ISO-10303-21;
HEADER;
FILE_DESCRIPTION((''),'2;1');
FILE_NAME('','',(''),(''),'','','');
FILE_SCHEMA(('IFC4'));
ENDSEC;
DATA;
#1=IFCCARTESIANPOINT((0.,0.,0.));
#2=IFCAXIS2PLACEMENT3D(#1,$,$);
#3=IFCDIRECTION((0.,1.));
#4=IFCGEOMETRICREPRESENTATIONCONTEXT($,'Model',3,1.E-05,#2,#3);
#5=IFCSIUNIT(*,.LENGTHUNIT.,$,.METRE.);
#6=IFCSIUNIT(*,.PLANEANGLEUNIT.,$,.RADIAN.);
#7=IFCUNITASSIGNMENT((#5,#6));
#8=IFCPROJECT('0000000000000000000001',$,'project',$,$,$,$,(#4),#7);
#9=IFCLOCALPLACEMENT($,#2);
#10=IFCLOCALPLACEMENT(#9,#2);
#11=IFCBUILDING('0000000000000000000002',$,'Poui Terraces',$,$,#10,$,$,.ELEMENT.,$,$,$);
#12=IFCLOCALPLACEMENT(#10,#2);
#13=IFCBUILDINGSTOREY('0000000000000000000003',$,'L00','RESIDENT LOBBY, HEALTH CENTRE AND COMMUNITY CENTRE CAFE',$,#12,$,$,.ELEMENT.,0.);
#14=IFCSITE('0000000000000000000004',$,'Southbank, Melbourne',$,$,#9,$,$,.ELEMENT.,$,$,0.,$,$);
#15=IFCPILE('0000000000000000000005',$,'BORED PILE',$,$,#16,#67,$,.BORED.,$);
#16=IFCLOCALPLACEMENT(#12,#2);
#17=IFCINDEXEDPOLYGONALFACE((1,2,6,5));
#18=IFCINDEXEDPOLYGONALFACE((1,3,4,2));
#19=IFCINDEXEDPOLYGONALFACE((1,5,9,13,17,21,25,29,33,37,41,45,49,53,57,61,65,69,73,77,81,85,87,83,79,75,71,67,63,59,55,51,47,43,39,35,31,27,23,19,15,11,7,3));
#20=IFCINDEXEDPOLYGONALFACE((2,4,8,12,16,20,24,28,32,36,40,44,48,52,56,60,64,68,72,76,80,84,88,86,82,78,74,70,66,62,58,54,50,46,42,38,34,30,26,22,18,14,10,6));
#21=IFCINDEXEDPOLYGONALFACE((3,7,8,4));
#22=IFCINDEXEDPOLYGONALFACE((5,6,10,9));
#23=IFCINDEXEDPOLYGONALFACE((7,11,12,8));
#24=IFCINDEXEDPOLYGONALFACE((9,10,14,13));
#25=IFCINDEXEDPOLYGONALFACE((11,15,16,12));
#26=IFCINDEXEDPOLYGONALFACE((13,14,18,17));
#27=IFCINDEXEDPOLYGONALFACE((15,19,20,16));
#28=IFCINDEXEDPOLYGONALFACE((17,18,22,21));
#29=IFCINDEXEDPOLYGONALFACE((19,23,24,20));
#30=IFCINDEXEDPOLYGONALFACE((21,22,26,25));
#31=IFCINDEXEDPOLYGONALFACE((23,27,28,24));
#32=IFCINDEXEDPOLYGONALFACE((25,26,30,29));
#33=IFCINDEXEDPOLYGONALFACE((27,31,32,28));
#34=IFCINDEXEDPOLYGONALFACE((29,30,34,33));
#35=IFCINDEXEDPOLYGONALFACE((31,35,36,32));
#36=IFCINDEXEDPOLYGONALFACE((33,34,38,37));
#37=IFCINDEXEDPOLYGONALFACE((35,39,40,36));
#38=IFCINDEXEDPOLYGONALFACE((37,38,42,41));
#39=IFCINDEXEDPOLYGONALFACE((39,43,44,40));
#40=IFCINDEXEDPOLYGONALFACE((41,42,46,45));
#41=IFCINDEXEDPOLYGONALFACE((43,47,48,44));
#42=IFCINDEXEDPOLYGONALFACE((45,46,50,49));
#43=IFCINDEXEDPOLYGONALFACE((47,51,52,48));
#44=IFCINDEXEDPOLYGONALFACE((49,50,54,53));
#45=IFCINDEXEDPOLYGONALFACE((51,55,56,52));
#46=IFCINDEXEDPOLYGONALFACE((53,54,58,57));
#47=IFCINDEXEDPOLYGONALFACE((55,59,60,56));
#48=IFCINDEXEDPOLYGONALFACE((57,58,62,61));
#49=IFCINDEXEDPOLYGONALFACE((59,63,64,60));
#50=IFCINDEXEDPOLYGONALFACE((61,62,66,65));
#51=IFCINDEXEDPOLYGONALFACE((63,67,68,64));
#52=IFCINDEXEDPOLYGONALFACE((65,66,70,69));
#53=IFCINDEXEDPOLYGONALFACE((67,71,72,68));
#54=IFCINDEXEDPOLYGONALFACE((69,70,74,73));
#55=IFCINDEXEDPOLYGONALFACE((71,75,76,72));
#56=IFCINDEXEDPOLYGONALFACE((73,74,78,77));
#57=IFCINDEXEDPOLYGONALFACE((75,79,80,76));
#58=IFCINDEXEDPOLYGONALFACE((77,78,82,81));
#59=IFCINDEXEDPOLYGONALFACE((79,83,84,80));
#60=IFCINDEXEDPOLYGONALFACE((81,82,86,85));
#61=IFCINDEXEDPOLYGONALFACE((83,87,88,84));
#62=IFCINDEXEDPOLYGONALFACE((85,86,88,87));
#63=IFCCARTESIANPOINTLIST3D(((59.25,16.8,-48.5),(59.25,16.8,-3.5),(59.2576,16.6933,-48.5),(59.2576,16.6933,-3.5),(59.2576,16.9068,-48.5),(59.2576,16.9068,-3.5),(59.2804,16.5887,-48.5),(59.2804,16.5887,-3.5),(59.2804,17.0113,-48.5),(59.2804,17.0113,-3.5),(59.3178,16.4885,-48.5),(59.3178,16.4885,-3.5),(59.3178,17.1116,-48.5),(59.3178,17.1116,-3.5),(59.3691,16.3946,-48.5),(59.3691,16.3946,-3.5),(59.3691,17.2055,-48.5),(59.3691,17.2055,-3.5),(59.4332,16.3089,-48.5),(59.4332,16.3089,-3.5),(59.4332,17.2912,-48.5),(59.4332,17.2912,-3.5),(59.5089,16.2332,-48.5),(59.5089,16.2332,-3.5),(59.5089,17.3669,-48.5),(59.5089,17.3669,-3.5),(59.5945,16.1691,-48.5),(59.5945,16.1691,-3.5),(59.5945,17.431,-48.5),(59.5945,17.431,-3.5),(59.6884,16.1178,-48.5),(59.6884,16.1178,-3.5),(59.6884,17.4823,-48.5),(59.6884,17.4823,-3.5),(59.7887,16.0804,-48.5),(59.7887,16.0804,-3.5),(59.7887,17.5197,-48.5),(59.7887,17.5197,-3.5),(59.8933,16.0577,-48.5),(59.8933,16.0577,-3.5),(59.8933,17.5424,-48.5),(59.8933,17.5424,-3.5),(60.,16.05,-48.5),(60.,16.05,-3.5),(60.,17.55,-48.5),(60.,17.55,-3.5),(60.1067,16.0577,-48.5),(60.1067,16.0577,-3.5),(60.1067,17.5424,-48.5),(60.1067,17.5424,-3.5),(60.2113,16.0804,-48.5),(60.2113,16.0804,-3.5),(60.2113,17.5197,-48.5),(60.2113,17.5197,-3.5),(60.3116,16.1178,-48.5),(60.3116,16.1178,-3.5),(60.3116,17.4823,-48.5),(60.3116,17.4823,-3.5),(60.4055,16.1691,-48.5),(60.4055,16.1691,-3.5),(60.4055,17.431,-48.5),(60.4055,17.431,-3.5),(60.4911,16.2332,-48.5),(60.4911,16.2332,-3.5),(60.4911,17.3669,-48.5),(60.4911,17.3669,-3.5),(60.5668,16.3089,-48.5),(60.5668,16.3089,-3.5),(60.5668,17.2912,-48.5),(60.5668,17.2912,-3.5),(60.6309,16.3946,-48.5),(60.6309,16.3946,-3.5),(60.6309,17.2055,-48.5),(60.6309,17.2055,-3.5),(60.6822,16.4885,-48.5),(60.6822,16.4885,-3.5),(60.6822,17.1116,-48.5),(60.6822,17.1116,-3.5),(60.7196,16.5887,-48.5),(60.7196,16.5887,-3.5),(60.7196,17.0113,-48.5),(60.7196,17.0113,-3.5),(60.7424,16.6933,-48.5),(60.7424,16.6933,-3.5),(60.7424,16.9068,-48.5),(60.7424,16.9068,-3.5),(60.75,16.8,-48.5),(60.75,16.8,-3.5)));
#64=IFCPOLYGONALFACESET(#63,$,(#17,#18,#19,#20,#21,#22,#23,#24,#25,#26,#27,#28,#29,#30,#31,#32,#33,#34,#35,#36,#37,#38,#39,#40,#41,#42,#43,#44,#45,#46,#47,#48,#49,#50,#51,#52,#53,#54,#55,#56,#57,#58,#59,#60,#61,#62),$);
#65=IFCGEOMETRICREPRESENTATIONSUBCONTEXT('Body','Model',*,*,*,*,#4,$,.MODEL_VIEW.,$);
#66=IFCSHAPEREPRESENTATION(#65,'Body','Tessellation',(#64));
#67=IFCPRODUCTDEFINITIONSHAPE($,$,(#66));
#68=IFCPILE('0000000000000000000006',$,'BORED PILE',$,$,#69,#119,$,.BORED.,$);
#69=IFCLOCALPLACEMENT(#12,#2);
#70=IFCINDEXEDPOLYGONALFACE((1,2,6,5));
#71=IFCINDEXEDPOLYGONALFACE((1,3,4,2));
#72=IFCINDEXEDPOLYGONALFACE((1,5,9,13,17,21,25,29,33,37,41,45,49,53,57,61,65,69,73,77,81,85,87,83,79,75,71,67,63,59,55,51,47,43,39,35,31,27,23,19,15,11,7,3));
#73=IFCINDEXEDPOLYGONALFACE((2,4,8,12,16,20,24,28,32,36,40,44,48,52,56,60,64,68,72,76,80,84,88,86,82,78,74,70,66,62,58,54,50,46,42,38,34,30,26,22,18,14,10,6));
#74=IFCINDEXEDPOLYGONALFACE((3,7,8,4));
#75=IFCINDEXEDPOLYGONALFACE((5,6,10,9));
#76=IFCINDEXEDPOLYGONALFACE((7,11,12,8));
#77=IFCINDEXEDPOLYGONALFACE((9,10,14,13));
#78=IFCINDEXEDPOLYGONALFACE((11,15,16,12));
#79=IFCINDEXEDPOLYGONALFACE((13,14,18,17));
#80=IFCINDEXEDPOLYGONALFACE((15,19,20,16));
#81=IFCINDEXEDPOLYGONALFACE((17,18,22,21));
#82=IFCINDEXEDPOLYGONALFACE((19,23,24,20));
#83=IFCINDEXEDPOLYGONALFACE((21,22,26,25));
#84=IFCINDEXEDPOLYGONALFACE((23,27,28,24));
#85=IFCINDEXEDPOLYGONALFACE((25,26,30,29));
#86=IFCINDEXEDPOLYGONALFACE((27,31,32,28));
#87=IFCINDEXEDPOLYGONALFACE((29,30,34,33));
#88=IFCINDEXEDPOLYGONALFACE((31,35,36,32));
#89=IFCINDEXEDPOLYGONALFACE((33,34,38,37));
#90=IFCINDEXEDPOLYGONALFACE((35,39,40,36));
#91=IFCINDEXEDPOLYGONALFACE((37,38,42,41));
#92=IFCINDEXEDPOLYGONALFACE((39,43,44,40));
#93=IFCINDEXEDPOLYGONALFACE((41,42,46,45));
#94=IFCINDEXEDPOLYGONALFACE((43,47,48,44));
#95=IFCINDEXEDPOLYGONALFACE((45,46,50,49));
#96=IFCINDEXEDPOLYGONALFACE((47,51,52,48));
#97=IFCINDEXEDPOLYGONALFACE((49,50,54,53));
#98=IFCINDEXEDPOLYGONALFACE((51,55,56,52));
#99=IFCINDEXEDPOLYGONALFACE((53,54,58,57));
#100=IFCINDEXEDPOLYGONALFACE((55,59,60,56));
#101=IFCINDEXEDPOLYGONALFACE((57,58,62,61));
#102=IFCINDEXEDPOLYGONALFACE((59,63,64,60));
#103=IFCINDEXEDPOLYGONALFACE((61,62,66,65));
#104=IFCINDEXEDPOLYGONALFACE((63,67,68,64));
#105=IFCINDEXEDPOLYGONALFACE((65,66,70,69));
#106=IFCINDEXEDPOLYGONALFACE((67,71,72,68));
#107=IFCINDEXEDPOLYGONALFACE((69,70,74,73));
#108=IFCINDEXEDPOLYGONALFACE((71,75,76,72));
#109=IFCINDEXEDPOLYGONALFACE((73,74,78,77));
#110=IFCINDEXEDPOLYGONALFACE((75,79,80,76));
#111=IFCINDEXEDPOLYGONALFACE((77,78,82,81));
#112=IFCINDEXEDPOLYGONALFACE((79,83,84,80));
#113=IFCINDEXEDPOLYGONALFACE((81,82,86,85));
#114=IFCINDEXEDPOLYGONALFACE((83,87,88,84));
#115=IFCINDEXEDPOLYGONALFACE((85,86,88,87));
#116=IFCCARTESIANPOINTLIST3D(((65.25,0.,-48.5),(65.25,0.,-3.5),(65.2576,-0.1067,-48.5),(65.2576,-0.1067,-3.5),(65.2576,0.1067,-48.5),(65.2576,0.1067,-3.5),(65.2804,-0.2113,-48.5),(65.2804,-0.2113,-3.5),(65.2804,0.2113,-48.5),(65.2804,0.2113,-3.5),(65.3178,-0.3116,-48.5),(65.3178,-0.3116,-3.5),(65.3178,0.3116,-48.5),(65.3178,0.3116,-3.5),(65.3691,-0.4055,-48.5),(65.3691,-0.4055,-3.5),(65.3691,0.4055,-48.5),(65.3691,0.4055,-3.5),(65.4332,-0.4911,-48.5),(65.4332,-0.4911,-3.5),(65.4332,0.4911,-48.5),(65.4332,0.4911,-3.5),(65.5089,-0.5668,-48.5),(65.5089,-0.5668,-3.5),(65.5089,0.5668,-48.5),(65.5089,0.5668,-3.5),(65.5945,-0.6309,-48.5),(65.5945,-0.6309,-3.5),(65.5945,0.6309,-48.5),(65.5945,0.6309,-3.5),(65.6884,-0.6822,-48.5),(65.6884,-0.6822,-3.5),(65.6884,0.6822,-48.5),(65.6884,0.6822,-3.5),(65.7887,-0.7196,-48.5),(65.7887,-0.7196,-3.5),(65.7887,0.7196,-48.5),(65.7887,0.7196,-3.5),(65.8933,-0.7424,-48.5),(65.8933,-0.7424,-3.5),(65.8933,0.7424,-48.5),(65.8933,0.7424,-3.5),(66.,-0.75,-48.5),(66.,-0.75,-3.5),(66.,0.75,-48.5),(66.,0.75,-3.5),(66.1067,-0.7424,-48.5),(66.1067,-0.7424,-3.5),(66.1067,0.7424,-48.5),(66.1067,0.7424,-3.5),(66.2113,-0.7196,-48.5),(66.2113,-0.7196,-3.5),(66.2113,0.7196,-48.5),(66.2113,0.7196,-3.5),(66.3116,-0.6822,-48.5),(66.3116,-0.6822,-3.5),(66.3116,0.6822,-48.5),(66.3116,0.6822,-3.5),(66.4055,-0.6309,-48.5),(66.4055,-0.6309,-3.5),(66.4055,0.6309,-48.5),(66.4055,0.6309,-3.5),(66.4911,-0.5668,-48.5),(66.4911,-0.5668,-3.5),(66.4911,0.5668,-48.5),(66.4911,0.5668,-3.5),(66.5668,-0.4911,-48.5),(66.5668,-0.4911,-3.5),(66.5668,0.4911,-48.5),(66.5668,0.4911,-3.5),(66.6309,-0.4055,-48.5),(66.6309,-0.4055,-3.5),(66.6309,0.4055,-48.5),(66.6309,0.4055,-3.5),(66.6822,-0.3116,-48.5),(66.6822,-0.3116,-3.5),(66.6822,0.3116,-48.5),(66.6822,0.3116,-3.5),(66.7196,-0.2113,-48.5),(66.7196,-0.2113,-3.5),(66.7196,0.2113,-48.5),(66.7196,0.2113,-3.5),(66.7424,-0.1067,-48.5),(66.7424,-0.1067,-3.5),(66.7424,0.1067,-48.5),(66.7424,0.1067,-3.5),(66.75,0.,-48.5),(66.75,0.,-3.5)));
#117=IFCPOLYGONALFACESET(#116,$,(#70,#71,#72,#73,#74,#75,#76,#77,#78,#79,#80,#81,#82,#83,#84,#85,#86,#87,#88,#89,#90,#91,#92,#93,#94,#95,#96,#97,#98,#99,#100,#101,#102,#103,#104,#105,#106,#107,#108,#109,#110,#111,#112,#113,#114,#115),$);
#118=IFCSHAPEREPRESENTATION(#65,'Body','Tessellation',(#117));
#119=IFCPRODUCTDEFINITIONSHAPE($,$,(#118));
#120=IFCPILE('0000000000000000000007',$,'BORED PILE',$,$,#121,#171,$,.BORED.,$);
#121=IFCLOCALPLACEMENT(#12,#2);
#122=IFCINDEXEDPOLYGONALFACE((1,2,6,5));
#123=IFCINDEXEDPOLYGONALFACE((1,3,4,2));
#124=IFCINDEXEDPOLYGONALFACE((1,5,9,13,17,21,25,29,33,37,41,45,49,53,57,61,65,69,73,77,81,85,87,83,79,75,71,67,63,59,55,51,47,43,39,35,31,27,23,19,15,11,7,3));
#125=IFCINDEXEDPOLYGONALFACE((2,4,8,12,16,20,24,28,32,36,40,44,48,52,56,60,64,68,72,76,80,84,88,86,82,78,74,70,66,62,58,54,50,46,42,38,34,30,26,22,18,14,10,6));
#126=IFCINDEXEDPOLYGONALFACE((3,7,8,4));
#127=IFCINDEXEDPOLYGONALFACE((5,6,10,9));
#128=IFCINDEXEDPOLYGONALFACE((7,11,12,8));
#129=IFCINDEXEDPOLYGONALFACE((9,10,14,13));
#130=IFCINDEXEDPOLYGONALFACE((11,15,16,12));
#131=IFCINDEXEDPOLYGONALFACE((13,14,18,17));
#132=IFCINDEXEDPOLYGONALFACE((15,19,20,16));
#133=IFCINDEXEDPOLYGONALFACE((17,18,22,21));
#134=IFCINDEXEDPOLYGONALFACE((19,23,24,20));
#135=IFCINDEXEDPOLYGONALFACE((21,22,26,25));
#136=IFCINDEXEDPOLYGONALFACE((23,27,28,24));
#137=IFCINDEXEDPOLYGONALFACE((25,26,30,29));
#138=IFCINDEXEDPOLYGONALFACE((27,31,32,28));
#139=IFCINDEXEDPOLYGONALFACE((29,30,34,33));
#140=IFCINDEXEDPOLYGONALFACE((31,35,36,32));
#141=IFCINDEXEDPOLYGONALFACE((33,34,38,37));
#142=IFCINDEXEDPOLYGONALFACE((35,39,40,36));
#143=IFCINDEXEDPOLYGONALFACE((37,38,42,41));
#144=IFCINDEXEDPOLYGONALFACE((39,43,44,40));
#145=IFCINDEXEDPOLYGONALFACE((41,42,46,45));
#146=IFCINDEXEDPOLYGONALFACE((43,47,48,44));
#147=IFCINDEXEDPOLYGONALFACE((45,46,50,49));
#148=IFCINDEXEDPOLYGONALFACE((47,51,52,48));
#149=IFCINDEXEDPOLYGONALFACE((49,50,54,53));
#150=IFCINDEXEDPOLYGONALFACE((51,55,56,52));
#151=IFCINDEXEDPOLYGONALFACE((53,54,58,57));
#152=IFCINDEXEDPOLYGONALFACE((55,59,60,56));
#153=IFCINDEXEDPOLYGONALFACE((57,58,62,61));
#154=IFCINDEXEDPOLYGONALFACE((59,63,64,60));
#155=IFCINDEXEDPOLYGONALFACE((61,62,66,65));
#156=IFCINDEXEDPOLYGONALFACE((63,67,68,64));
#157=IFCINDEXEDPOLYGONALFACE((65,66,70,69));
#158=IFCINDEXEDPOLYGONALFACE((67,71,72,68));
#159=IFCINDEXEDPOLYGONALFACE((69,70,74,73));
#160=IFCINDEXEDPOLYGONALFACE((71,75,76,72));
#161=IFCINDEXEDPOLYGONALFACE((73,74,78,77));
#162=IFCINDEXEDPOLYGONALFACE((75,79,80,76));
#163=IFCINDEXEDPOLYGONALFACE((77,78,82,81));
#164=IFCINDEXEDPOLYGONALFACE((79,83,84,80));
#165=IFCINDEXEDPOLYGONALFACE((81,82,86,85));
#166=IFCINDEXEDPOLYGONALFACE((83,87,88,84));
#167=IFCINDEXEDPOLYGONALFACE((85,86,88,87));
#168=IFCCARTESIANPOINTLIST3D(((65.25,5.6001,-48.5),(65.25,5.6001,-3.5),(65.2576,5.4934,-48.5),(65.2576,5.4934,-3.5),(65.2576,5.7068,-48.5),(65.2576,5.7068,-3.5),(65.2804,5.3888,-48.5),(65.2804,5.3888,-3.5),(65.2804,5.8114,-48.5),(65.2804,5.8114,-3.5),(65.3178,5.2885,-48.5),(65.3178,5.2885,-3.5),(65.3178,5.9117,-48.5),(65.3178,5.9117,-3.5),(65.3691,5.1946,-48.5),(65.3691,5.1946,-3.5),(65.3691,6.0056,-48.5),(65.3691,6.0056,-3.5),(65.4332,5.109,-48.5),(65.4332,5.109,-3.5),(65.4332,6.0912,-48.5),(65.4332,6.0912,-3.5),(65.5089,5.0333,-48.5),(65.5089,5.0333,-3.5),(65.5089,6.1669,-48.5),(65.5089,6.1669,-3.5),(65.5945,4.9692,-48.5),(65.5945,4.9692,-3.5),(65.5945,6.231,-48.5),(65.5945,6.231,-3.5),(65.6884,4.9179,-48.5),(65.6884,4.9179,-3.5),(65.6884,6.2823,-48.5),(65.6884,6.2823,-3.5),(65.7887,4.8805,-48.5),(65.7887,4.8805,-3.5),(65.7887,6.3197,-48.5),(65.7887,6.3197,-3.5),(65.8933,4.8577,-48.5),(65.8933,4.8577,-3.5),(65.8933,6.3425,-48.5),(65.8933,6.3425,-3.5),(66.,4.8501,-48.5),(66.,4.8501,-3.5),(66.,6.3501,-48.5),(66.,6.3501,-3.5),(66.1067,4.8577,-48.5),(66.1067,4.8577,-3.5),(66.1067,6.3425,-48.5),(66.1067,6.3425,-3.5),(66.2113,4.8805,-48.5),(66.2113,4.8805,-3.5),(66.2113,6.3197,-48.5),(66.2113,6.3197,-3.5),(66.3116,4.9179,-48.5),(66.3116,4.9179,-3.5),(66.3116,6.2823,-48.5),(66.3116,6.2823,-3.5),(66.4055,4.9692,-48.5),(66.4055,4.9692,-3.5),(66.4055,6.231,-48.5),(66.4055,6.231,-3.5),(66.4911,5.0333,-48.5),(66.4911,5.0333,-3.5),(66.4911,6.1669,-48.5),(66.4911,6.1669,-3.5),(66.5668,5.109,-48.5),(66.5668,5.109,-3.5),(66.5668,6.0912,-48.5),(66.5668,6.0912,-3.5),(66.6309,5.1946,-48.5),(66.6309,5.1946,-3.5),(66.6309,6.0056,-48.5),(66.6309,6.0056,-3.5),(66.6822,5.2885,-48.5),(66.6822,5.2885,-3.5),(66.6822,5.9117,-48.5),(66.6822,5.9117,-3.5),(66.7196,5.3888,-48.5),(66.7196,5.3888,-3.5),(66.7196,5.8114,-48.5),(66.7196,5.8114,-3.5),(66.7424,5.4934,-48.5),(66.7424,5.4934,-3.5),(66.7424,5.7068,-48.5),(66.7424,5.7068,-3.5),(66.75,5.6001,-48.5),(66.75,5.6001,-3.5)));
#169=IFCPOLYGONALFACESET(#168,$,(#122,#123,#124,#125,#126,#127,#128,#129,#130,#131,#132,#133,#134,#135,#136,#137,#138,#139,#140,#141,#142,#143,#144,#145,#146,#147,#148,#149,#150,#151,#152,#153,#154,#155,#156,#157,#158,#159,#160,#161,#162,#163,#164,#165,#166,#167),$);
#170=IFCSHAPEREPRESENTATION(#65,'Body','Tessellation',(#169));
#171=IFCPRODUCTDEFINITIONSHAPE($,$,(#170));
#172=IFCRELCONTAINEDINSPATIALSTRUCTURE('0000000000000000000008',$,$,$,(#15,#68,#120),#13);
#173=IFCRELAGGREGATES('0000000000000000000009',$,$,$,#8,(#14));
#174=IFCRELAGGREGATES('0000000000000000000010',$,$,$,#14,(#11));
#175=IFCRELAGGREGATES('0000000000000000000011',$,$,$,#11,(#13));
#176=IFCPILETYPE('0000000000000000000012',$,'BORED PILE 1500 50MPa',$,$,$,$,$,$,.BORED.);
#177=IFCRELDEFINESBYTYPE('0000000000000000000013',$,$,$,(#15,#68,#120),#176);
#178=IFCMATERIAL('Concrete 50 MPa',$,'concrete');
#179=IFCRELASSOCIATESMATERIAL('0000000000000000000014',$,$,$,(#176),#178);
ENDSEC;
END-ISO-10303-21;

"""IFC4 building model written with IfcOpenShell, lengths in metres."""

from ifc_helpers import new_model, si_unit, direction, frame, origin, origin_2d, place, context, subcontext, project, spatial, circle, extrude, material, material_profile, profile_set, type_object, element, save


model = new_model("IFC4")

# Units and contexts
model_context = context("Model", 3, precision=1e-05, world=origin(), true_north=direction((0.0, 1.0)))
body_context = subcontext(model_context, "Body", "Model", "MODEL_VIEW")
ifc_project = project(units=[si_unit("LENGTHUNIT", "METRE"), si_unit("PLANEANGLEUNIT", "RADIAN")], contexts=[model_context])

# Site, building, storey
site_placement = place(None, origin())
site = spatial("IfcSite", under=ifc_project, at=site_placement, Name="Southbank, Melbourne", CompositionType="ELEMENT", RefElevation=0.0)
building_placement = place(site_placement, origin())
building = spatial("IfcBuilding", under=site, at=building_placement, Name="Poui Terraces", CompositionType="ELEMENT")
storey_placement = place(building_placement, origin())
storey = spatial("IfcBuildingStorey", under=building, at=storey_placement, Name="L00", Description="RESIDENT LOBBY, HEALTH CENTRE AND COMMUNITY CENTRE CAFE", CompositionType="ELEMENT", Elevation=0.0)

# Piles
ifc_material_1 = material(Name="Concrete 50 MPa", Category="concrete")
ifc_material_profile_1 = material_profile(ifc_material_1, circle(Radius=0.75, at=origin_2d()), Name="RC D1500")
ifc_profile_set_1 = profile_set([ifc_material_profile_1], Name="Concrete 50 MPa")
pile_type = type_object("IfcPileType", Name="BORED PILE 1500 50MPa", PredefinedType="BORED", material=ifc_profile_set_1)
for number, where, z_axis, x_axis, name in (
    (1, (60.0, 16.8, -3.5), (0.0, 0.0, -1.0), (1.0, 0.0, 0.0), "BORED PILE"),
    (2, (66.0, 0.0, -3.5), (0.0, 0.0, -1.0), (1.0, 0.0, 0.0), "BORED PILE"),
    (3, (66.0, 5.6001, -3.5), (0.0, 0.0, -1.0), (1.0, 0.0, 0.0), "BORED PILE"),
):
    element("IfcPile", number, at=place(storey_placement, frame(where, z_axis=z_axis, x_axis=x_axis)), inside=storey, type_object=pile_type, Name=name, PredefinedType="BORED", context=body_context, shape_type="SweptSolid", body=[
        extrude(circle(Radius=0.75, at=origin_2d()), origin(), (0.0, 0.0, 1.0), 45.0),
    ])

save(model, "model.ifc")
